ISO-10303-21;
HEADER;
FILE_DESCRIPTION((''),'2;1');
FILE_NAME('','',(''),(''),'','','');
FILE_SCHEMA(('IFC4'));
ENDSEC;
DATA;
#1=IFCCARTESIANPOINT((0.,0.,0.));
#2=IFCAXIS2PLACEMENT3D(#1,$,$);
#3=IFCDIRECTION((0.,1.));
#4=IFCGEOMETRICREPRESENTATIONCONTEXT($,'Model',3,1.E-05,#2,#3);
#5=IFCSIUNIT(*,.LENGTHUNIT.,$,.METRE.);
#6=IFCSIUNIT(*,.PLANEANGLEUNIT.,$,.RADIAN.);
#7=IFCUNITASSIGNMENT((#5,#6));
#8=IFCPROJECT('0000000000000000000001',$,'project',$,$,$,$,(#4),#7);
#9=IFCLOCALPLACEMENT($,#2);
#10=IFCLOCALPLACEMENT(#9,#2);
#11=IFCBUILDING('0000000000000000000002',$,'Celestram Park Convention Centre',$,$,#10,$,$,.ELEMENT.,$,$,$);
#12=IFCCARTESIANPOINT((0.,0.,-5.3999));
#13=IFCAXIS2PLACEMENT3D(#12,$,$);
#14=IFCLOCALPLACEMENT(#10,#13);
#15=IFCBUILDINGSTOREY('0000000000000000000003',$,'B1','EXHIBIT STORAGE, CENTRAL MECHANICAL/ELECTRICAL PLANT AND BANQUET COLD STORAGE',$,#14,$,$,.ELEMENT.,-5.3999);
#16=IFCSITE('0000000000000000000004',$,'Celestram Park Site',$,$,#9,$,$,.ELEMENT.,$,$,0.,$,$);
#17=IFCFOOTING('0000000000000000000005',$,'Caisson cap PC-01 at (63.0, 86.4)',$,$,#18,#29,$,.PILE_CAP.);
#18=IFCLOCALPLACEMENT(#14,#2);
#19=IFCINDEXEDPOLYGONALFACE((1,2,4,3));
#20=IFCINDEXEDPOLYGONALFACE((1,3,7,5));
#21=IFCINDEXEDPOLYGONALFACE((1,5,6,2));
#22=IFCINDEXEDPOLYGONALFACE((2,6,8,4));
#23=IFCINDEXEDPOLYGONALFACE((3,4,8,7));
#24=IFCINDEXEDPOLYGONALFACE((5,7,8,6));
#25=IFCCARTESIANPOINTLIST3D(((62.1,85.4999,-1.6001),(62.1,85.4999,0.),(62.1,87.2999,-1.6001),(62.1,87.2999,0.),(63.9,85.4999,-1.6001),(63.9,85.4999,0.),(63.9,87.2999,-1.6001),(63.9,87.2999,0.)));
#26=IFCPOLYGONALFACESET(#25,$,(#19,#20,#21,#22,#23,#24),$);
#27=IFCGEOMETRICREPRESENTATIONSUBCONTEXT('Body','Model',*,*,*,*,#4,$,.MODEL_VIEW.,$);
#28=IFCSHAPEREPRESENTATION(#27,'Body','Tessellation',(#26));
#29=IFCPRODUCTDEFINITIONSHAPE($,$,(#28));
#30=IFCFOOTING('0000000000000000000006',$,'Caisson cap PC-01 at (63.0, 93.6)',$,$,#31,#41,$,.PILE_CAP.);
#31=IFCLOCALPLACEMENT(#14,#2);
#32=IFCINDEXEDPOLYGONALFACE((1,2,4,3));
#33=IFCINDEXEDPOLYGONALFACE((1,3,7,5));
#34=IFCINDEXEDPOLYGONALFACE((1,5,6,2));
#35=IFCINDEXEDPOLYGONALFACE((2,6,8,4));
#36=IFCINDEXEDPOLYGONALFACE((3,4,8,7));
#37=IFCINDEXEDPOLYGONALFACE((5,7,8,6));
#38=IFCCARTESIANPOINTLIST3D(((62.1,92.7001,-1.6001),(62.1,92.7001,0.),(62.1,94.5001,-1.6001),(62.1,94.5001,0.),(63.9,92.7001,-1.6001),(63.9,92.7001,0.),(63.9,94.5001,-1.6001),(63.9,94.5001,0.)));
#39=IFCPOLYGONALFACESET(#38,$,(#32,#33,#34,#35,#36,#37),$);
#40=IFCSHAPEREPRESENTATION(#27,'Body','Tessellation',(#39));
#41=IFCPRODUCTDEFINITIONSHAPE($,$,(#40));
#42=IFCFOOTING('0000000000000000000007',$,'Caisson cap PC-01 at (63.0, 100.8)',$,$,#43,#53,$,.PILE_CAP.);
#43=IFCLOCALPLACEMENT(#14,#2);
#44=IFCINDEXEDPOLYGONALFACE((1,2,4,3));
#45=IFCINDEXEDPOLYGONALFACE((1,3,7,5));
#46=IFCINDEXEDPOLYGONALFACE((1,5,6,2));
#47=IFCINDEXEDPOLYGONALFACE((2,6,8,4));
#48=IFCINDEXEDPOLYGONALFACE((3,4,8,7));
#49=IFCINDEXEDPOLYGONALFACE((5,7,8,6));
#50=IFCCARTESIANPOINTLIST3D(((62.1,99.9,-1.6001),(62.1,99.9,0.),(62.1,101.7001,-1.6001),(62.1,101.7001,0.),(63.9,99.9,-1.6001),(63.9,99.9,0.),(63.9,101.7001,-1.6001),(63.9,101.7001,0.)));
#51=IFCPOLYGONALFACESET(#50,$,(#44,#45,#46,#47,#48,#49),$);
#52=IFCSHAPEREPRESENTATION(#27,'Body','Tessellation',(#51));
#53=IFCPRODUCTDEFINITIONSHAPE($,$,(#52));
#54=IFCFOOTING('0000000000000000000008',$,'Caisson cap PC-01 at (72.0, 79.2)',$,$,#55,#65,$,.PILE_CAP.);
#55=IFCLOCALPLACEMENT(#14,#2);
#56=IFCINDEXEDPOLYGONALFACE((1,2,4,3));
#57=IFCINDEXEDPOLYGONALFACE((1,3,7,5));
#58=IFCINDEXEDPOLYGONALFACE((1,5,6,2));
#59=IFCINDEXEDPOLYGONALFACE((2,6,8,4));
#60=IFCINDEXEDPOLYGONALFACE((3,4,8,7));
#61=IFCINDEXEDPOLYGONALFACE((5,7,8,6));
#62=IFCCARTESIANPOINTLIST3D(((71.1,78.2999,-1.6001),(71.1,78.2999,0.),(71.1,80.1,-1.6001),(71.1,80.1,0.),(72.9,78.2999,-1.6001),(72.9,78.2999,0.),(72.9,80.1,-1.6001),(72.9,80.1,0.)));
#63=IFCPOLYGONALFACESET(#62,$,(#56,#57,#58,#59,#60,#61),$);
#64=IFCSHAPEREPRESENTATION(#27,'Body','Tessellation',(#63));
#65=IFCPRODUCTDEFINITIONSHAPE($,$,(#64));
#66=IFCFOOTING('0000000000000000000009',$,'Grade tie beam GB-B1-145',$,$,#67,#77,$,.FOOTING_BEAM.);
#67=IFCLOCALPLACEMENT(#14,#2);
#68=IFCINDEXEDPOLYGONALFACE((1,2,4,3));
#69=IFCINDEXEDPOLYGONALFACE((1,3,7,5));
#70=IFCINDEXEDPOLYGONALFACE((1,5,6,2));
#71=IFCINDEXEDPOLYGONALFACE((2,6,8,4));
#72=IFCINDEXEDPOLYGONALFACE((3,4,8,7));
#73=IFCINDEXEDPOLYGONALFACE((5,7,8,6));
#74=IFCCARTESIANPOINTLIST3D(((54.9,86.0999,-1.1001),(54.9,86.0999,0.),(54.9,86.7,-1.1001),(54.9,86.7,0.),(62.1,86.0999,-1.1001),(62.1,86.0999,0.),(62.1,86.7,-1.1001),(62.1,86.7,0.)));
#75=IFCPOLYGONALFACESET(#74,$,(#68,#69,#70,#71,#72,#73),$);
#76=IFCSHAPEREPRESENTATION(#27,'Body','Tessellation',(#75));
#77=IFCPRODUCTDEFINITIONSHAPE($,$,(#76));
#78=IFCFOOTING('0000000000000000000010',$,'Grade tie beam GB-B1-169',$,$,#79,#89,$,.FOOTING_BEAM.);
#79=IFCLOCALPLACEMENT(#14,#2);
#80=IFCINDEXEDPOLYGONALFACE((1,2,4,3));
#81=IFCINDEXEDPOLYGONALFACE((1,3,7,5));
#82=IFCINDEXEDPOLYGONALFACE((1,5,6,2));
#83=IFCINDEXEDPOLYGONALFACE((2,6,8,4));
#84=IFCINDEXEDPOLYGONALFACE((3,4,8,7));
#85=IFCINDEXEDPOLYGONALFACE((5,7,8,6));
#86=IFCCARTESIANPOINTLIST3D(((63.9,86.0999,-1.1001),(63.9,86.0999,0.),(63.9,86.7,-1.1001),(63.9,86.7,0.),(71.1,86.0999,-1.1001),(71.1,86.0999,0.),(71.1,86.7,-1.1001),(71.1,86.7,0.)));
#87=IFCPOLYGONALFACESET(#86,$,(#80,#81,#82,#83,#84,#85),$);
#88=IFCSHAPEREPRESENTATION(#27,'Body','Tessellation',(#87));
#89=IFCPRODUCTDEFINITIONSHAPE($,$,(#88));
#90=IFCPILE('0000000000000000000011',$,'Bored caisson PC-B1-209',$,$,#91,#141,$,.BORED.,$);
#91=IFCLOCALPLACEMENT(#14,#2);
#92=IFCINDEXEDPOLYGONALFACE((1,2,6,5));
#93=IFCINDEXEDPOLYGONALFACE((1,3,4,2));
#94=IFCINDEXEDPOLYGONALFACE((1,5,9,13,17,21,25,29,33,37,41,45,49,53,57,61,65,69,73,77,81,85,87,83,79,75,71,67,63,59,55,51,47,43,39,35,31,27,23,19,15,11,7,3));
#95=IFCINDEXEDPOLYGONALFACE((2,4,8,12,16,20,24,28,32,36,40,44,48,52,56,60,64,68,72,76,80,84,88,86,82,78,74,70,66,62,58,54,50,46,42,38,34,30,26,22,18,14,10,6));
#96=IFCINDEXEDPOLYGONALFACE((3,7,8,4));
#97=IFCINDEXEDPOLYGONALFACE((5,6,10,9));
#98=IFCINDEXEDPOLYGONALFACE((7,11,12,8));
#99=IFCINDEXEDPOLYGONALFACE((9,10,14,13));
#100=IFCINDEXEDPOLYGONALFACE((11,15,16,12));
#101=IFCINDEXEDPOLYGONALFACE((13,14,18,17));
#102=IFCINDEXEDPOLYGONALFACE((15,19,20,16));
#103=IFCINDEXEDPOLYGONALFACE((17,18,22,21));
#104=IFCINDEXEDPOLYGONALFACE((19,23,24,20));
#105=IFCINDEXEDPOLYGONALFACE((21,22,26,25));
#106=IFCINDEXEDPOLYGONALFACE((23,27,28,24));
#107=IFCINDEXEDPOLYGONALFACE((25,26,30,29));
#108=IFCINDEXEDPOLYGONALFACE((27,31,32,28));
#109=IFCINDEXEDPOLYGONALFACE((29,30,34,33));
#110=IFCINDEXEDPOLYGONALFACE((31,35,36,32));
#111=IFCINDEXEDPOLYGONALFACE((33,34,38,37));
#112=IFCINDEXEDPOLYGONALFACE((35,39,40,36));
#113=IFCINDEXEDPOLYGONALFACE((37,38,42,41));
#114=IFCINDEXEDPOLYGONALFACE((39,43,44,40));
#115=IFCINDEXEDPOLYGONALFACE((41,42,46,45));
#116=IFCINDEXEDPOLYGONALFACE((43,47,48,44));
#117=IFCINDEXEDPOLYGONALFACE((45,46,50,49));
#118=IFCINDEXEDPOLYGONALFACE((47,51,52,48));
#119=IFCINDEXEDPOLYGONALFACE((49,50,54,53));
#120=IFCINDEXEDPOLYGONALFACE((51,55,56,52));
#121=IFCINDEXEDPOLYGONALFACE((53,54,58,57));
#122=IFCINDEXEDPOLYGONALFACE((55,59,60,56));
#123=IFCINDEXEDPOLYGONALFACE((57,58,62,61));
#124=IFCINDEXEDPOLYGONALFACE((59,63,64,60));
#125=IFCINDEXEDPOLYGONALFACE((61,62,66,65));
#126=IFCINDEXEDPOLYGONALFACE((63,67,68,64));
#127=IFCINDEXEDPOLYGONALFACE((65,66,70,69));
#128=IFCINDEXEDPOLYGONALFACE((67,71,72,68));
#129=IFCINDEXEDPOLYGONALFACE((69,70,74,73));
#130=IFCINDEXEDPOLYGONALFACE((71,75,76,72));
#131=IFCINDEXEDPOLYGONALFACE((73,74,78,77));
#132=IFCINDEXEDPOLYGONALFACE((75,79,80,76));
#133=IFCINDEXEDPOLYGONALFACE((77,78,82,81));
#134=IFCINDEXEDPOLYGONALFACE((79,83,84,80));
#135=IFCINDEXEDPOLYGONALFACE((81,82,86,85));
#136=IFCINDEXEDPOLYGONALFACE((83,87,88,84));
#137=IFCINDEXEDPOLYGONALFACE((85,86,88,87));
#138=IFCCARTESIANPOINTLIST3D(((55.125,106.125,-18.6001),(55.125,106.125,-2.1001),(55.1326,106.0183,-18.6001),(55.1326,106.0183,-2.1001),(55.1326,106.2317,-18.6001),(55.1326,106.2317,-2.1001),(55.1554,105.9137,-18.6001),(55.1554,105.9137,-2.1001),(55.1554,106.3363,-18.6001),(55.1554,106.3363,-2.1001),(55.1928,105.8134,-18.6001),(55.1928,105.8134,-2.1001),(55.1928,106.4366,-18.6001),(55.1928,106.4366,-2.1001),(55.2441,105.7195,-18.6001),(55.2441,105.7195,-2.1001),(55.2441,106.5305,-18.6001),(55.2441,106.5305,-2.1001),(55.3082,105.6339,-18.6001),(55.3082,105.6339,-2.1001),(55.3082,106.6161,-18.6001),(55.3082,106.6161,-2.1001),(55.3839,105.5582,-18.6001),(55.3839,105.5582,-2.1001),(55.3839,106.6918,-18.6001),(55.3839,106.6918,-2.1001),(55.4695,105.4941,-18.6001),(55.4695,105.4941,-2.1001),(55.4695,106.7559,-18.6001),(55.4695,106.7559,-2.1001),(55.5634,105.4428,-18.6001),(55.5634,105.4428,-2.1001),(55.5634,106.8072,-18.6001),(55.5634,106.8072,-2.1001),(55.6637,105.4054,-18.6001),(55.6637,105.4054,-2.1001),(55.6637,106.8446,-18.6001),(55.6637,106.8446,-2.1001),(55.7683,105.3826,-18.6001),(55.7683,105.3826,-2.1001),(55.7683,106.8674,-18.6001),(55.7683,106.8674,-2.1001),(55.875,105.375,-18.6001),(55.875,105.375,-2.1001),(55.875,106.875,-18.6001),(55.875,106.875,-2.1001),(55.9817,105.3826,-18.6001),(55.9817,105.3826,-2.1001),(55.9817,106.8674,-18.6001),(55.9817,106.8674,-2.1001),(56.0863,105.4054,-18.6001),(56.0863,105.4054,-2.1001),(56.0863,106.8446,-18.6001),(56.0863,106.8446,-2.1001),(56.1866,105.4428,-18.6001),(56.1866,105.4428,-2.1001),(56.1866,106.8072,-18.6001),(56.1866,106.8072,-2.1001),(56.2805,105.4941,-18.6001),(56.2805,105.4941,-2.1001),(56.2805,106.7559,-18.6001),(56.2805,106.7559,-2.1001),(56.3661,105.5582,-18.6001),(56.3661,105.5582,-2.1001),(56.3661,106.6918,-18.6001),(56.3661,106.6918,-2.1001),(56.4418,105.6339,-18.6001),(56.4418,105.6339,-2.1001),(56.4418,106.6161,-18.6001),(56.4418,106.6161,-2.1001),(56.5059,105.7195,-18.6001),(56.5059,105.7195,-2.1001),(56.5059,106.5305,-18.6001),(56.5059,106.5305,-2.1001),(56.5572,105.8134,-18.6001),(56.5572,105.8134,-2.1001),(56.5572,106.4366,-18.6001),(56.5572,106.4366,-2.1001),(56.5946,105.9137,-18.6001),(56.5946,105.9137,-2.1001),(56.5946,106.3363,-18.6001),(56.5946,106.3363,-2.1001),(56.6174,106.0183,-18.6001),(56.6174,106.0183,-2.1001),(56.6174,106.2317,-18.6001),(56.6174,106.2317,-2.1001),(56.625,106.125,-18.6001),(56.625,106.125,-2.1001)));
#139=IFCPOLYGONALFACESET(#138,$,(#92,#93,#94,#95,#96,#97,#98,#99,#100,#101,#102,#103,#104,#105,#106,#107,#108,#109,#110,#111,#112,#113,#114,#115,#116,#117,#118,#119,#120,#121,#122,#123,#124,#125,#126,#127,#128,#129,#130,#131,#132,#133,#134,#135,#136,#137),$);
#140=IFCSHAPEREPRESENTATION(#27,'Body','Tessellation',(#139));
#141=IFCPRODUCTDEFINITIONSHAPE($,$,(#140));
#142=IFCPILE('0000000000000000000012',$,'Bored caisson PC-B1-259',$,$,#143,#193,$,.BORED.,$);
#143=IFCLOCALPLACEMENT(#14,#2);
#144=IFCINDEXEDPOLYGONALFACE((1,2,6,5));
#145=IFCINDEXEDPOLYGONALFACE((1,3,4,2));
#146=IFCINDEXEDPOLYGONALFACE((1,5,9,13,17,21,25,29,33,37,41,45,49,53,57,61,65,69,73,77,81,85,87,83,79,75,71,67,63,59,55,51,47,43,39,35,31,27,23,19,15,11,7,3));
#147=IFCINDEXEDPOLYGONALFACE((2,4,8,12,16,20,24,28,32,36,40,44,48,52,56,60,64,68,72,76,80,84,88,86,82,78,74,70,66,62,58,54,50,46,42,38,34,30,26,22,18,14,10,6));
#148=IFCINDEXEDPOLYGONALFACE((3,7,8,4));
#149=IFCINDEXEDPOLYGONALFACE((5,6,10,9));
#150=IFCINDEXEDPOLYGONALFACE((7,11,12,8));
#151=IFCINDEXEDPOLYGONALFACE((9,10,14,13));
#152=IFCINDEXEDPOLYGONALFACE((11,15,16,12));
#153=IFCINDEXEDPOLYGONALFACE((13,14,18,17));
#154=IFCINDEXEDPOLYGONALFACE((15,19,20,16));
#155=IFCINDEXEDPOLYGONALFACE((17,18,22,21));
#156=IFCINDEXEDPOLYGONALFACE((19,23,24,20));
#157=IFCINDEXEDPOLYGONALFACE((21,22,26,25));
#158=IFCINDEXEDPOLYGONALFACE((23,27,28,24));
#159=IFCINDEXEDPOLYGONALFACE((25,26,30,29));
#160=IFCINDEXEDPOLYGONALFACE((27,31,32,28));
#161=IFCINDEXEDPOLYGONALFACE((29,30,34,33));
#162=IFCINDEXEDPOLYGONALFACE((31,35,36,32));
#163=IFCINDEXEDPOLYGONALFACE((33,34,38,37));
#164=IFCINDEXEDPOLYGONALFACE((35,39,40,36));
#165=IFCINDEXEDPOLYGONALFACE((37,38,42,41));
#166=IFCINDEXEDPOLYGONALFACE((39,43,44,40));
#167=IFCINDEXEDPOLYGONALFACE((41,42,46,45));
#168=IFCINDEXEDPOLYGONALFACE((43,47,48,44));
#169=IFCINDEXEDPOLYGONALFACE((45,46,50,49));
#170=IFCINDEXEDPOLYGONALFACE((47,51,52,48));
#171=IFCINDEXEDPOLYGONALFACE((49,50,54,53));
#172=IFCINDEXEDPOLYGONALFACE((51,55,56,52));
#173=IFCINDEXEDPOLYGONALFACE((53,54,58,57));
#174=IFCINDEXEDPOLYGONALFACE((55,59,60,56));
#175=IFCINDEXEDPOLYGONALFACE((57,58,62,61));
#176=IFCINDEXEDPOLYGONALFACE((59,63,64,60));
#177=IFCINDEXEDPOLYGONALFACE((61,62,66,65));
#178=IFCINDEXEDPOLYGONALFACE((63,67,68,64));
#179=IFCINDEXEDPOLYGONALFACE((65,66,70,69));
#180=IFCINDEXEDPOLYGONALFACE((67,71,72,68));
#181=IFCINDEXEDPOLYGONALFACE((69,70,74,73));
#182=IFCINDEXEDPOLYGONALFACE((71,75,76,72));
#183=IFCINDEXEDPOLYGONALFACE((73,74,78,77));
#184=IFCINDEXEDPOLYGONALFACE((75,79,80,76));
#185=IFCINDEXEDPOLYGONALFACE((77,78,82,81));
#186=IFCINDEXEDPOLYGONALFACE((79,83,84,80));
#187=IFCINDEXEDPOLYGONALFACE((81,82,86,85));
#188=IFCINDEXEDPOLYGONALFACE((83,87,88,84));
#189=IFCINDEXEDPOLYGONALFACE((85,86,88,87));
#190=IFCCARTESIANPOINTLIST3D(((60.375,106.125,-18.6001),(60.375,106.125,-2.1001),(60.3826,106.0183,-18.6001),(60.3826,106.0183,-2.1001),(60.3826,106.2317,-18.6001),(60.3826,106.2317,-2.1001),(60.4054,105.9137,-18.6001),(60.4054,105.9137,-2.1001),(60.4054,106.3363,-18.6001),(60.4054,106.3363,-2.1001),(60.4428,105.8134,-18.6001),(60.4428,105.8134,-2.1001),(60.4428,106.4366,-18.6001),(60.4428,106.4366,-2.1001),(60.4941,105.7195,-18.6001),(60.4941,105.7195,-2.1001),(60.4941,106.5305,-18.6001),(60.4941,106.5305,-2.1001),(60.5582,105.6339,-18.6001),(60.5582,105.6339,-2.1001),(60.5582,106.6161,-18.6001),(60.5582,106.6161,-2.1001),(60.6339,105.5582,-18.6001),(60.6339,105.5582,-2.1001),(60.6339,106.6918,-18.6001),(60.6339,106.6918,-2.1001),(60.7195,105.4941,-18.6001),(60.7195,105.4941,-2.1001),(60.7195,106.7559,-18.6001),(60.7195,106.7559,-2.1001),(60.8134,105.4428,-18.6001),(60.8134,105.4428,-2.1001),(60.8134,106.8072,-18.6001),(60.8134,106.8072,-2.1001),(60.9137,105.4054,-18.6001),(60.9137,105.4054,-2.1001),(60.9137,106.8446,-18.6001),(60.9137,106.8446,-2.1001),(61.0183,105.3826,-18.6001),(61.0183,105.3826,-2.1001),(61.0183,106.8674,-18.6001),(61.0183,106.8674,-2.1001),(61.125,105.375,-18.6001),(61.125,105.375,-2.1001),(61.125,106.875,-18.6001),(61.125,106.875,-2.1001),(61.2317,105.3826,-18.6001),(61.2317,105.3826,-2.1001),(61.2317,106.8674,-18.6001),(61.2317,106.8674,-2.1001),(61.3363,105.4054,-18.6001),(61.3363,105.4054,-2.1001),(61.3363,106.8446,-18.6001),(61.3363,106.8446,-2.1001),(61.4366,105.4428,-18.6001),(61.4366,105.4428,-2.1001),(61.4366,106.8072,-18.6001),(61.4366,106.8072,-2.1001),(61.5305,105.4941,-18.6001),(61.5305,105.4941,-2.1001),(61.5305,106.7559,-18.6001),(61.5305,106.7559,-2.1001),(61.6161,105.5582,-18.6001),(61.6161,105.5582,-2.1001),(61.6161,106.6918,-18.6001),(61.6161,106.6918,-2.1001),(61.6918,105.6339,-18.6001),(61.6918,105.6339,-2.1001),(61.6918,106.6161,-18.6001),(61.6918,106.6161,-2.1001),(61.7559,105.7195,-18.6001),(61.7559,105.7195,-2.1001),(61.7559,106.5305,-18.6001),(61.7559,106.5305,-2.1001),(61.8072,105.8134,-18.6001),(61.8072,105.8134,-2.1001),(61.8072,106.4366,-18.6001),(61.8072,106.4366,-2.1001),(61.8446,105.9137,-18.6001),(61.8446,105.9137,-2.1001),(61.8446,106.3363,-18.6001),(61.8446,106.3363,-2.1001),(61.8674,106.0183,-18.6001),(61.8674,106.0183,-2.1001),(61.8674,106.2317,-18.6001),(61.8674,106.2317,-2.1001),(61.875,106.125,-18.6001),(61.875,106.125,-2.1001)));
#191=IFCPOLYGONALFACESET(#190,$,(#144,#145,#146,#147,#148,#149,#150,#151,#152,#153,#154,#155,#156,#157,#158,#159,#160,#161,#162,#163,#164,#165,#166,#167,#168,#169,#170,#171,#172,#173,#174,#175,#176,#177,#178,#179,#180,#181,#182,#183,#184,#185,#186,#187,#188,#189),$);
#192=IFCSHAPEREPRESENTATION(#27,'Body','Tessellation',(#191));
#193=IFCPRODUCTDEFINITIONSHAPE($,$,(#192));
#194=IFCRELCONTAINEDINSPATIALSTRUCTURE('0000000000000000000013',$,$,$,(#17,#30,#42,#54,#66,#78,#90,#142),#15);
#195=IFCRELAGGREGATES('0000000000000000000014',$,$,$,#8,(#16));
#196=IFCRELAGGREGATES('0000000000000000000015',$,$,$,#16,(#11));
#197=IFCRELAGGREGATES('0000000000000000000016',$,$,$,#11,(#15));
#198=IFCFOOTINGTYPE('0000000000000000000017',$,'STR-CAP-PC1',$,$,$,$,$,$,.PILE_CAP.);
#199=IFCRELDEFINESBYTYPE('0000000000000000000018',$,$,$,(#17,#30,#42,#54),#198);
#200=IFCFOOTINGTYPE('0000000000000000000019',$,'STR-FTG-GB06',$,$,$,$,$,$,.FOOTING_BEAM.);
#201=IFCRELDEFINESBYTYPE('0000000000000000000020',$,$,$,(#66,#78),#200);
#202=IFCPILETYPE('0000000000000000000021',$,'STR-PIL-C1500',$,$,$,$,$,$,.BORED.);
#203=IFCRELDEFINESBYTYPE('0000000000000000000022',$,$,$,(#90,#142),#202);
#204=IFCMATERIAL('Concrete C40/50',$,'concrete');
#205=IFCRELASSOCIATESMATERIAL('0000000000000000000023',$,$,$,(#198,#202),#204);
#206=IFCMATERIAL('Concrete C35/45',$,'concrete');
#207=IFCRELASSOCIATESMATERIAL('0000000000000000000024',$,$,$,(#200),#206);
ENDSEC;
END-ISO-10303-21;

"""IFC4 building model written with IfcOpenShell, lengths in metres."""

from ifc_helpers import new_model, si_unit, direction, frame, origin, origin_2d, place, context, subcontext, project, spatial, rectangle, circle, extrude, material, material_profile, profile_set, type_object, element, save


model = new_model("IFC4")

# Units and contexts
model_context = context("Model", 3, precision=1e-05, world=origin(), true_north=direction((0.0, 1.0)))
body_context = subcontext(model_context, "Body", "Model", "MODEL_VIEW")
ifc_project = project(units=[si_unit("LENGTHUNIT", "METRE"), si_unit("PLANEANGLEUNIT", "RADIAN")], contexts=[model_context])

# Site, building, storey
site_placement = place(None, origin())
site = spatial("IfcSite", under=ifc_project, at=site_placement, Name="Celestram Park Site", CompositionType="ELEMENT", RefElevation=0.0)
building_placement = place(site_placement, origin())
building = spatial("IfcBuilding", under=site, at=building_placement, Name="Celestram Park Convention Centre", CompositionType="ELEMENT")
storey_placement = place(building_placement, frame((0.0, 0.0, -5.3999)))
storey = spatial("IfcBuildingStorey", under=building, at=storey_placement, Name="B1", Description="EXHIBIT STORAGE, CENTRAL MECHANICAL/ELECTRICAL PLANT AND BANQUET COLD STORAGE", CompositionType="ELEMENT", Elevation=-5.3999)

# Footings
ifc_material_1 = material(Name="Concrete C40/50", Category="concrete")
footing_type_1 = type_object("IfcFootingType", Name="STR-CAP-PC1", PredefinedType="PILE_CAP", material=ifc_material_1)
for number, where, z_axis, x_axis, name in (
    (1, (63.0, 86.3999, -1.6001), (0.0, 0.0, 1.0), (1.0, 0.0, 0.0), "Caisson cap PC-01 at (63.0, 86.4)"),
    (2, (63.0, 93.6001, -1.6001), (0.0, 0.0, 1.0), (1.0, 0.0, 0.0), "Caisson cap PC-01 at (63.0, 93.6)"),
    (3, (63.0, 100.8, -1.6001), (0.0, 0.0, 1.0), (1.0, 0.0, 0.0), "Caisson cap PC-01 at (63.0, 100.8)"),
    (4, (72.0, 79.2, -1.6001), (0.0, 0.0, 1.0), (1.0, 0.0, 0.0), "Caisson cap PC-01 at (72.0, 79.2)"),
):
    element("IfcFooting", number, at=place(storey_placement, frame(where, z_axis=z_axis, x_axis=x_axis)), inside=storey, type_object=footing_type_1, Name=name, PredefinedType="PILE_CAP", context=body_context, shape_type="SweptSolid", body=[
        extrude(rectangle(XDim=1.8, YDim=1.8, at=origin_2d()), origin(), (0.0, 0.0, 1.0), 1.6001),
    ])
ifc_material_2 = material(Name="Concrete C35/45", Category="concrete")
footing_type_2 = type_object("IfcFootingType", Name="STR-FTG-GB06", PredefinedType="FOOTING_BEAM", material=ifc_material_2)
for number, where, z_axis, x_axis, name in (
    (5, (58.5, 86.3999, -1.1001), (0.0, 0.0, 1.0), (1.0, 0.0, 0.0), "Grade tie beam GB-B1-145"),
    (6, (67.5, 86.3999, -1.1001), (0.0, 0.0, 1.0), (1.0, 0.0, 0.0), "Grade tie beam GB-B1-169"),
):
    element("IfcFooting", number, at=place(storey_placement, frame(where, z_axis=z_axis, x_axis=x_axis)), inside=storey, type_object=footing_type_2, Name=name, PredefinedType="FOOTING_BEAM", context=body_context, shape_type="SweptSolid", body=[
        extrude(rectangle(XDim=7.2, YDim=0.6001, at=origin_2d()), origin(), (0.0, 0.0, 1.0), 1.1001),
    ])

# Piles
ifc_material_profile_1 = material_profile(ifc_material_1, circle(Radius=0.75, at=origin_2d()), Name="CAISSON1500")
ifc_profile_set_1 = profile_set([ifc_material_profile_1], Name="Concrete C40/50")
pile_type_1 = type_object("IfcPileType", Name="STR-PIL-C1500", PredefinedType="BORED", material=ifc_profile_set_1)
for number, where, z_axis, x_axis, name in (
    (7, (55.875, 106.125, -2.1001), (0.0, 0.0, -1.0), (1.0, 0.0, 0.0), "Bored caisson PC-B1-209"),
    (8, (61.125, 106.125, -2.1001), (0.0, 0.0, -1.0), (1.0, 0.0, 0.0), "Bored caisson PC-B1-259"),
):
    element("IfcPile", number, at=place(storey_placement, frame(where, z_axis=z_axis, x_axis=x_axis)), inside=storey, type_object=pile_type_1, Name=name, PredefinedType="BORED", context=body_context, shape_type="SweptSolid", body=[
        extrude(circle(Radius=0.75, at=origin_2d()), origin(), (0.0, 0.0, 1.0), 16.5),
    ])

save(model, "model.ifc")
